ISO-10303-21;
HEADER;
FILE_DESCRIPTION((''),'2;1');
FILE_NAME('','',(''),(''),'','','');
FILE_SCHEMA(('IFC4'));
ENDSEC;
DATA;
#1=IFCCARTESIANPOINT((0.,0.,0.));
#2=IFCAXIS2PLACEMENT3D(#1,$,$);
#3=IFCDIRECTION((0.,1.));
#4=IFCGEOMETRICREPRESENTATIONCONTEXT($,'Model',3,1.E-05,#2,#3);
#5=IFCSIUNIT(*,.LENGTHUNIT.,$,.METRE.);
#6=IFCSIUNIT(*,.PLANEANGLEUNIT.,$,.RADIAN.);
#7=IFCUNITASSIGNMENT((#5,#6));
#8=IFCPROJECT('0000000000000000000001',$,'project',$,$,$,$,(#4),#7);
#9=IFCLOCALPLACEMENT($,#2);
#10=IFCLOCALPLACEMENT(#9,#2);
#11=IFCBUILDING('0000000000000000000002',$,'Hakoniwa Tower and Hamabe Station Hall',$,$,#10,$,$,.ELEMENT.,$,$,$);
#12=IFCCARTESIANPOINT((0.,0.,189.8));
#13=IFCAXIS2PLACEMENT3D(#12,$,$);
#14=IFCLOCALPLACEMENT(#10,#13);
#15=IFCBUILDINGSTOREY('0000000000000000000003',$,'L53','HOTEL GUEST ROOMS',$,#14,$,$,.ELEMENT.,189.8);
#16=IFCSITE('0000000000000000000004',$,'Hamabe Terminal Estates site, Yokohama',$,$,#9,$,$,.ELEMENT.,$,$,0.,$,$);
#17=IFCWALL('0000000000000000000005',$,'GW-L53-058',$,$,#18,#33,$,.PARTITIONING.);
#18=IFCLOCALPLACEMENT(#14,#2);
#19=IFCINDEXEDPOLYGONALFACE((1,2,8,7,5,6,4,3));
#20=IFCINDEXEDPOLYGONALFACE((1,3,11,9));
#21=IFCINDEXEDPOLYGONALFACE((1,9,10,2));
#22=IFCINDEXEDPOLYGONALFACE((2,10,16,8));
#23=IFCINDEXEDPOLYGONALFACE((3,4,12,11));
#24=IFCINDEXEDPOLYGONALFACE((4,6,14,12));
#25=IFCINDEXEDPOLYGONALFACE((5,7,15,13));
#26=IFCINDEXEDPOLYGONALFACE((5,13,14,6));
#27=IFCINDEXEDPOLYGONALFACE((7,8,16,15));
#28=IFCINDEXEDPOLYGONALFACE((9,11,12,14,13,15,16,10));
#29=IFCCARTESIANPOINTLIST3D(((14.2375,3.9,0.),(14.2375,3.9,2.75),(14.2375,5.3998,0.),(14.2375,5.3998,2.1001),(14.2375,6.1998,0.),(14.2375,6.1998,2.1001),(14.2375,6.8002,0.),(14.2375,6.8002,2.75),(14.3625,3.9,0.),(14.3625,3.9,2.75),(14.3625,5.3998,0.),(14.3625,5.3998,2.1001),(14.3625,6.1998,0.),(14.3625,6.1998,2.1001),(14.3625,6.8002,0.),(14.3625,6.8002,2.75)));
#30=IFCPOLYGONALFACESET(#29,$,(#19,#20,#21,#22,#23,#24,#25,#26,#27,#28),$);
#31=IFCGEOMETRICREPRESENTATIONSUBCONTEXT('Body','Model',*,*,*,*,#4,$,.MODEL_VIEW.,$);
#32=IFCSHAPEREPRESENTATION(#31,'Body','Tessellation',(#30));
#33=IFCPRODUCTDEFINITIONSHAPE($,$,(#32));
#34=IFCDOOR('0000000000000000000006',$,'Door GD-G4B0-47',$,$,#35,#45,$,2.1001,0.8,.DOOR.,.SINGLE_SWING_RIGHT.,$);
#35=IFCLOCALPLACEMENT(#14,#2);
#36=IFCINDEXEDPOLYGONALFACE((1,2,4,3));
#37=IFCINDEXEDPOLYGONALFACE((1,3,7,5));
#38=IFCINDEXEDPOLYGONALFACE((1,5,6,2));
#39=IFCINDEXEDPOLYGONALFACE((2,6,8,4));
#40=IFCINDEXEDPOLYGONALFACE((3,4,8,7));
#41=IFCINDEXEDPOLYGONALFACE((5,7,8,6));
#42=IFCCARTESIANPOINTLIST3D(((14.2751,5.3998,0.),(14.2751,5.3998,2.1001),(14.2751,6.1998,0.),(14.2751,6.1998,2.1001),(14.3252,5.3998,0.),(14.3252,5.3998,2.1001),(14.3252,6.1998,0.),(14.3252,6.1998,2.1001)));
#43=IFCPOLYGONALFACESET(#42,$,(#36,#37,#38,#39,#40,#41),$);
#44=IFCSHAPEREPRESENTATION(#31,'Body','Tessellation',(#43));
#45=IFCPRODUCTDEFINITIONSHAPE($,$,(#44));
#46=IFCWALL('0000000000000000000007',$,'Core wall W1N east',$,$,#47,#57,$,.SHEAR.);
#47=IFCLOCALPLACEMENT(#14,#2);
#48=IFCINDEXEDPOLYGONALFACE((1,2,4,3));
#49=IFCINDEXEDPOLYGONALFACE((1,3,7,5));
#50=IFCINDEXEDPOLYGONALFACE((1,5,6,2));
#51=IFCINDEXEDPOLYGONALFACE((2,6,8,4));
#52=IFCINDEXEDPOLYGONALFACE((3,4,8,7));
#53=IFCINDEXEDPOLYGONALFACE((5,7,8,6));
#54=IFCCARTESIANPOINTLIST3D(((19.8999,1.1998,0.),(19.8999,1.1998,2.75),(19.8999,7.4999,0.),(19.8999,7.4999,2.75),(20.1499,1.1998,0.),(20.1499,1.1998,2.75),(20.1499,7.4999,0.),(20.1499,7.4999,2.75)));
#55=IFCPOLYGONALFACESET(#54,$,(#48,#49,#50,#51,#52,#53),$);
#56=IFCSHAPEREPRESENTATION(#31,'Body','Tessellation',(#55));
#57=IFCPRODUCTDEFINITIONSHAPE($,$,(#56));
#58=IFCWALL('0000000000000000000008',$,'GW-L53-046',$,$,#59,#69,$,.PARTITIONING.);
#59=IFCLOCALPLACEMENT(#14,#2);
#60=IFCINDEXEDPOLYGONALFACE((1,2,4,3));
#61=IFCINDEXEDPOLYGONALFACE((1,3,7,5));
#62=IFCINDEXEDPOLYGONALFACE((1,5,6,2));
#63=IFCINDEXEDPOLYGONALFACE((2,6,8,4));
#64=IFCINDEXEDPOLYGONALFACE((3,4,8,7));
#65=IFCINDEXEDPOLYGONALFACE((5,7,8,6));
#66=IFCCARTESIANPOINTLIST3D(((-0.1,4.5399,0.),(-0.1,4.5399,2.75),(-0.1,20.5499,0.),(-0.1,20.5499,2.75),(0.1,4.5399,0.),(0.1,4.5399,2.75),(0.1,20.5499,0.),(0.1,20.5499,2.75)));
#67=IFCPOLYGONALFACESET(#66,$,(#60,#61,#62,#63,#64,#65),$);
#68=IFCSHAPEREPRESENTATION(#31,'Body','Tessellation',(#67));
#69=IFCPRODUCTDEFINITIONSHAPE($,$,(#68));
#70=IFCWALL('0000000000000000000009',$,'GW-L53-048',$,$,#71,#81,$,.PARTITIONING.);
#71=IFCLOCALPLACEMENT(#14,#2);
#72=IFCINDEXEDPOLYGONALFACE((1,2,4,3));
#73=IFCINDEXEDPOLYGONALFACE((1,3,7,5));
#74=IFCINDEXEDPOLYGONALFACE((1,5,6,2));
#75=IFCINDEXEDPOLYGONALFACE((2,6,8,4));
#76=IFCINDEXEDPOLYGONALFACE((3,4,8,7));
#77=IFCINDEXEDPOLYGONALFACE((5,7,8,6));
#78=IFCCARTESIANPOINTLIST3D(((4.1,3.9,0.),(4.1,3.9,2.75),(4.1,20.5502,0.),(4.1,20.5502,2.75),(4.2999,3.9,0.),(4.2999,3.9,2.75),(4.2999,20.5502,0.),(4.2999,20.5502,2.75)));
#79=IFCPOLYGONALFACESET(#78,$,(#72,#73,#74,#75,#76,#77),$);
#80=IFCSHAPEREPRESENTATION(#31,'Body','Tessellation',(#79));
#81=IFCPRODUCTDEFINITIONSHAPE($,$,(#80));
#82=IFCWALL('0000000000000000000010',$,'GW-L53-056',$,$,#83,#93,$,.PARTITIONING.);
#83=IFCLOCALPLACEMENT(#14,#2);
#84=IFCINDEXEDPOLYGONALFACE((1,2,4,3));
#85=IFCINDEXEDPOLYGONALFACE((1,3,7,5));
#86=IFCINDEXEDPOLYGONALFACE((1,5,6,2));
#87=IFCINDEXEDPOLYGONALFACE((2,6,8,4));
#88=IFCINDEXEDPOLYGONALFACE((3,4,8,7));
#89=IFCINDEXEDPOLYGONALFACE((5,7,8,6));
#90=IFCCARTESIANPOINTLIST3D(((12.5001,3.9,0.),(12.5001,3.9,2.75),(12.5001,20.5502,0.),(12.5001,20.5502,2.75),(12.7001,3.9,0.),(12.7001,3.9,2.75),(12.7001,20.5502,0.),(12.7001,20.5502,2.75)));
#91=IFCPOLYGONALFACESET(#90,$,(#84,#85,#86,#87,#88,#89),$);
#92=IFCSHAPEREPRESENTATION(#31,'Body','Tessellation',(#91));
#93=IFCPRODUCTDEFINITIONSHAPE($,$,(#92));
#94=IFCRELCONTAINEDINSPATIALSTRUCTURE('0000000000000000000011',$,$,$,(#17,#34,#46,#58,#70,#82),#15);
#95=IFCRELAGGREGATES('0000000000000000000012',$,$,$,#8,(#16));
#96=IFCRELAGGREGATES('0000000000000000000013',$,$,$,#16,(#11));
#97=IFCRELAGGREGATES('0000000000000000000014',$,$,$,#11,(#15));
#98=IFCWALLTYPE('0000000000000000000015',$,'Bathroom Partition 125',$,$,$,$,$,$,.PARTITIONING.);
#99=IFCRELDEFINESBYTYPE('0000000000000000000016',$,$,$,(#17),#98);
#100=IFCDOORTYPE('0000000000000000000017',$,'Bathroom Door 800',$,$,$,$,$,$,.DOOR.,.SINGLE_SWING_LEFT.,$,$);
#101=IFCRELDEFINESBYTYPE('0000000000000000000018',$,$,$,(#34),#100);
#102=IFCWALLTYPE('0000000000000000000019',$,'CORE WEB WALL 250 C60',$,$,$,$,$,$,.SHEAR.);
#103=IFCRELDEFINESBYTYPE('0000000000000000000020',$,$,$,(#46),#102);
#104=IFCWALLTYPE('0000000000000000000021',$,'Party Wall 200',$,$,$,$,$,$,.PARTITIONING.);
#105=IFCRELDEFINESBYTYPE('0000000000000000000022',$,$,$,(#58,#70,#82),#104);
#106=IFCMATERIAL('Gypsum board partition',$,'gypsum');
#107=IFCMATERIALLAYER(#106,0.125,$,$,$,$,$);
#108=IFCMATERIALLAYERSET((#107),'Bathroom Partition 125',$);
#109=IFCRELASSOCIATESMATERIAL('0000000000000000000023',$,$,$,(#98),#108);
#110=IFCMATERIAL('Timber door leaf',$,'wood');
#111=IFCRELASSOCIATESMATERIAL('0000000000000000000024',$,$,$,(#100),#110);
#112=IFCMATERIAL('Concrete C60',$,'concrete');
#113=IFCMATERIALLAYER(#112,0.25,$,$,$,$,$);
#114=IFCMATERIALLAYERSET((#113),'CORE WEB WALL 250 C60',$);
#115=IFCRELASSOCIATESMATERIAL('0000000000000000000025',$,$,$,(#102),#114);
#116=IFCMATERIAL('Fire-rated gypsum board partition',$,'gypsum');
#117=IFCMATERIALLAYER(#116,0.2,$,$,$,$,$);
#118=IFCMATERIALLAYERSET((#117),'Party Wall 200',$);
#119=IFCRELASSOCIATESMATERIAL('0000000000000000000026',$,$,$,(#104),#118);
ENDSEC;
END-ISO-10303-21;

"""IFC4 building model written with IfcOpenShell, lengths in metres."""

from ifc_helpers import new_model, si_unit, direction, frame, frame_2d, origin, place, context, subcontext, project, spatial, rectangle, extrude, material, layer, layer_set, type_object, element, fill, save


model = new_model("IFC4")

# Units and contexts
model_context = context("Model", 3, precision=1e-05, world=origin(), true_north=direction((0.0, 1.0)))
body_context = subcontext(model_context, "Body", "Model", "MODEL_VIEW")
ifc_project = project(units=[si_unit("LENGTHUNIT", "METRE"), si_unit("PLANEANGLEUNIT", "RADIAN")], contexts=[model_context])

# Site, building, storey
site_placement = place(None, origin())
site = spatial("IfcSite", under=ifc_project, at=site_placement, Name="Hamabe Terminal Estates site, Yokohama", CompositionType="ELEMENT", RefElevation=0.0)
building_placement = place(site_placement, origin())
building = spatial("IfcBuilding", under=site, at=building_placement, Name="Hakoniwa Tower and Hamabe Station Hall", CompositionType="ELEMENT")
storey_placement = place(building_placement, frame((0.0, 0.0, 189.8)))
storey = spatial("IfcBuildingStorey", under=building, at=storey_placement, Name="L53", Description="HOTEL GUEST ROOMS", CompositionType="ELEMENT", Elevation=189.8)

# Wall, opening, door
ifc_material_1 = material(Name="Gypsum board partition", Category="gypsum")
ifc_layer_1 = layer(ifc_material_1, 0.125)
ifc_layer_set_1 = layer_set([ifc_layer_1], Name="Bathroom Partition 125")
wall_type_1 = type_object("IfcWallType", Name="Bathroom Partition 125", PredefinedType="PARTITIONING", material=ifc_layer_set_1)
ifc_material_2 = material(Name="Timber door leaf", Category="wood")
door_type = type_object("IfcDoorType", Name="Bathroom Door 800", OperationType="SINGLE_SWING_LEFT", PredefinedType="DOOR", material=ifc_material_2)
wall_1_placement = place(storey_placement, frame((14.3, 3.8999, 0.0), z_axis=(0.0, 0.0, 1.0), x_axis=(0.0, 1.0, 0.0)))
wall_1 = element("IfcWall", 1, at=wall_1_placement, inside=storey, type_object=wall_type_1, Name="GW-L53-058", PredefinedType="PARTITIONING", context=body_context, shape_type="SweptSolid", body=[
    extrude(rectangle(XDim=2.9001, YDim=0.125, at=frame_2d((1.4502, 0.0))), origin(), (0.0, 0.0, 1.0), 2.75),
])
opening_1_placement = place(wall_1_placement, frame((1.5, 0.0, 0.0)))
opening_1 = element("IfcOpeningElement", 2, at=opening_1_placement, cuts=wall_1, PredefinedType="OPENING", context=body_context, shape_type="SweptSolid", body=[
    extrude(rectangle(XDim=0.8, YDim=2.1001, at=frame_2d((0.3999, 1.05))), frame((0.0, 0.0725, 0.0), z_axis=(0.0, -1.0, 0.0), x_axis=(1.0, 0.0, 0.0)), (0.0, 0.0, 1.0), 0.145),
])
door_1_placement = place(opening_1_placement, origin())
door_1 = element("IfcDoor", 3, at=door_1_placement, inside=storey, type_object=door_type, Name="Door GD-G4B0-47", OperationType="SINGLE_SWING_RIGHT", OverallHeight=2.1001, OverallWidth=0.8, PredefinedType="DOOR", context=body_context, shape_type="SweptSolid", body=[
    extrude(rectangle(XDim=0.8, YDim=2.1001, at=frame_2d((0.3999, 1.05))), frame((0.0, 0.0249, 0.0), z_axis=(0.0, -1.0, 0.0), x_axis=(1.0, 0.0, 0.0)), (0.0, 0.0, 1.0), 0.05),
])
fill(opening_1, door_1)

# Walls
ifc_material_3 = material(Name="Concrete C60", Category="concrete")
ifc_layer_2 = layer(ifc_material_3, 0.25)
ifc_layer_set_2 = layer_set([ifc_layer_2], Name="CORE WEB WALL 250 C60")
wall_type_2 = type_object("IfcWallType", Name="CORE WEB WALL 250 C60", PredefinedType="SHEAR", material=ifc_layer_set_2)
wall_2_placement = place(storey_placement, frame((20.0249, 1.2, 0.0), z_axis=(0.0, 0.0, 1.0), x_axis=(0.0, 1.0, 0.0)))
element("IfcWall", 4, at=wall_2_placement, inside=storey, type_object=wall_type_2, Name="Core wall W1N east", PredefinedType="SHEAR", context=body_context, shape_type="SweptSolid", body=[
    extrude(rectangle(XDim=6.3, YDim=0.25, at=frame_2d((3.1499, 0.0))), origin(), (0.0, 0.0, 1.0), 2.75),
])
ifc_material_4 = material(Name="Fire-rated gypsum board partition", Category="gypsum")
ifc_layer_3 = layer(ifc_material_4, 0.2)
ifc_layer_set_3 = layer_set([ifc_layer_3], Name="Party Wall 200")
wall_type_3 = type_object("IfcWallType", Name="Party Wall 200", PredefinedType="PARTITIONING", material=ifc_layer_set_3)
wall_3_placement = place(storey_placement, frame((0.0, 4.54, 0.0), z_axis=(0.0, 0.0, 1.0), x_axis=(0.0, 1.0, 0.0)))
element("IfcWall", 5, at=wall_3_placement, inside=storey, type_object=wall_type_3, Name="GW-L53-046", PredefinedType="PARTITIONING", context=body_context, shape_type="SweptSolid", body=[
    extrude(rectangle(XDim=16.01, YDim=0.2, at=frame_2d((8.0049, 0.0))), origin(), (0.0, 0.0, 1.0), 2.75),
])
for number, where, z_axis, x_axis, name in (
    (6, (4.2, 3.8999, 0.0), (0.0, 0.0, 1.0), (0.0, 1.0, 0.0), "GW-L53-048"),
    (7, (12.6001, 3.8999, 0.0), (0.0, 0.0, 1.0), (0.0, 1.0, 0.0), "GW-L53-056"),
):
    element("IfcWall", number, at=place(storey_placement, frame(where, z_axis=z_axis, x_axis=x_axis)), inside=storey, type_object=wall_type_3, Name=name, PredefinedType="PARTITIONING", context=body_context, shape_type="SweptSolid", body=[
        extrude(rectangle(XDim=16.6501, YDim=0.2, at=frame_2d((8.3252, 0.0))), origin(), (0.0, 0.0, 1.0), 2.75),
    ])

save(model, "model.ifc")
